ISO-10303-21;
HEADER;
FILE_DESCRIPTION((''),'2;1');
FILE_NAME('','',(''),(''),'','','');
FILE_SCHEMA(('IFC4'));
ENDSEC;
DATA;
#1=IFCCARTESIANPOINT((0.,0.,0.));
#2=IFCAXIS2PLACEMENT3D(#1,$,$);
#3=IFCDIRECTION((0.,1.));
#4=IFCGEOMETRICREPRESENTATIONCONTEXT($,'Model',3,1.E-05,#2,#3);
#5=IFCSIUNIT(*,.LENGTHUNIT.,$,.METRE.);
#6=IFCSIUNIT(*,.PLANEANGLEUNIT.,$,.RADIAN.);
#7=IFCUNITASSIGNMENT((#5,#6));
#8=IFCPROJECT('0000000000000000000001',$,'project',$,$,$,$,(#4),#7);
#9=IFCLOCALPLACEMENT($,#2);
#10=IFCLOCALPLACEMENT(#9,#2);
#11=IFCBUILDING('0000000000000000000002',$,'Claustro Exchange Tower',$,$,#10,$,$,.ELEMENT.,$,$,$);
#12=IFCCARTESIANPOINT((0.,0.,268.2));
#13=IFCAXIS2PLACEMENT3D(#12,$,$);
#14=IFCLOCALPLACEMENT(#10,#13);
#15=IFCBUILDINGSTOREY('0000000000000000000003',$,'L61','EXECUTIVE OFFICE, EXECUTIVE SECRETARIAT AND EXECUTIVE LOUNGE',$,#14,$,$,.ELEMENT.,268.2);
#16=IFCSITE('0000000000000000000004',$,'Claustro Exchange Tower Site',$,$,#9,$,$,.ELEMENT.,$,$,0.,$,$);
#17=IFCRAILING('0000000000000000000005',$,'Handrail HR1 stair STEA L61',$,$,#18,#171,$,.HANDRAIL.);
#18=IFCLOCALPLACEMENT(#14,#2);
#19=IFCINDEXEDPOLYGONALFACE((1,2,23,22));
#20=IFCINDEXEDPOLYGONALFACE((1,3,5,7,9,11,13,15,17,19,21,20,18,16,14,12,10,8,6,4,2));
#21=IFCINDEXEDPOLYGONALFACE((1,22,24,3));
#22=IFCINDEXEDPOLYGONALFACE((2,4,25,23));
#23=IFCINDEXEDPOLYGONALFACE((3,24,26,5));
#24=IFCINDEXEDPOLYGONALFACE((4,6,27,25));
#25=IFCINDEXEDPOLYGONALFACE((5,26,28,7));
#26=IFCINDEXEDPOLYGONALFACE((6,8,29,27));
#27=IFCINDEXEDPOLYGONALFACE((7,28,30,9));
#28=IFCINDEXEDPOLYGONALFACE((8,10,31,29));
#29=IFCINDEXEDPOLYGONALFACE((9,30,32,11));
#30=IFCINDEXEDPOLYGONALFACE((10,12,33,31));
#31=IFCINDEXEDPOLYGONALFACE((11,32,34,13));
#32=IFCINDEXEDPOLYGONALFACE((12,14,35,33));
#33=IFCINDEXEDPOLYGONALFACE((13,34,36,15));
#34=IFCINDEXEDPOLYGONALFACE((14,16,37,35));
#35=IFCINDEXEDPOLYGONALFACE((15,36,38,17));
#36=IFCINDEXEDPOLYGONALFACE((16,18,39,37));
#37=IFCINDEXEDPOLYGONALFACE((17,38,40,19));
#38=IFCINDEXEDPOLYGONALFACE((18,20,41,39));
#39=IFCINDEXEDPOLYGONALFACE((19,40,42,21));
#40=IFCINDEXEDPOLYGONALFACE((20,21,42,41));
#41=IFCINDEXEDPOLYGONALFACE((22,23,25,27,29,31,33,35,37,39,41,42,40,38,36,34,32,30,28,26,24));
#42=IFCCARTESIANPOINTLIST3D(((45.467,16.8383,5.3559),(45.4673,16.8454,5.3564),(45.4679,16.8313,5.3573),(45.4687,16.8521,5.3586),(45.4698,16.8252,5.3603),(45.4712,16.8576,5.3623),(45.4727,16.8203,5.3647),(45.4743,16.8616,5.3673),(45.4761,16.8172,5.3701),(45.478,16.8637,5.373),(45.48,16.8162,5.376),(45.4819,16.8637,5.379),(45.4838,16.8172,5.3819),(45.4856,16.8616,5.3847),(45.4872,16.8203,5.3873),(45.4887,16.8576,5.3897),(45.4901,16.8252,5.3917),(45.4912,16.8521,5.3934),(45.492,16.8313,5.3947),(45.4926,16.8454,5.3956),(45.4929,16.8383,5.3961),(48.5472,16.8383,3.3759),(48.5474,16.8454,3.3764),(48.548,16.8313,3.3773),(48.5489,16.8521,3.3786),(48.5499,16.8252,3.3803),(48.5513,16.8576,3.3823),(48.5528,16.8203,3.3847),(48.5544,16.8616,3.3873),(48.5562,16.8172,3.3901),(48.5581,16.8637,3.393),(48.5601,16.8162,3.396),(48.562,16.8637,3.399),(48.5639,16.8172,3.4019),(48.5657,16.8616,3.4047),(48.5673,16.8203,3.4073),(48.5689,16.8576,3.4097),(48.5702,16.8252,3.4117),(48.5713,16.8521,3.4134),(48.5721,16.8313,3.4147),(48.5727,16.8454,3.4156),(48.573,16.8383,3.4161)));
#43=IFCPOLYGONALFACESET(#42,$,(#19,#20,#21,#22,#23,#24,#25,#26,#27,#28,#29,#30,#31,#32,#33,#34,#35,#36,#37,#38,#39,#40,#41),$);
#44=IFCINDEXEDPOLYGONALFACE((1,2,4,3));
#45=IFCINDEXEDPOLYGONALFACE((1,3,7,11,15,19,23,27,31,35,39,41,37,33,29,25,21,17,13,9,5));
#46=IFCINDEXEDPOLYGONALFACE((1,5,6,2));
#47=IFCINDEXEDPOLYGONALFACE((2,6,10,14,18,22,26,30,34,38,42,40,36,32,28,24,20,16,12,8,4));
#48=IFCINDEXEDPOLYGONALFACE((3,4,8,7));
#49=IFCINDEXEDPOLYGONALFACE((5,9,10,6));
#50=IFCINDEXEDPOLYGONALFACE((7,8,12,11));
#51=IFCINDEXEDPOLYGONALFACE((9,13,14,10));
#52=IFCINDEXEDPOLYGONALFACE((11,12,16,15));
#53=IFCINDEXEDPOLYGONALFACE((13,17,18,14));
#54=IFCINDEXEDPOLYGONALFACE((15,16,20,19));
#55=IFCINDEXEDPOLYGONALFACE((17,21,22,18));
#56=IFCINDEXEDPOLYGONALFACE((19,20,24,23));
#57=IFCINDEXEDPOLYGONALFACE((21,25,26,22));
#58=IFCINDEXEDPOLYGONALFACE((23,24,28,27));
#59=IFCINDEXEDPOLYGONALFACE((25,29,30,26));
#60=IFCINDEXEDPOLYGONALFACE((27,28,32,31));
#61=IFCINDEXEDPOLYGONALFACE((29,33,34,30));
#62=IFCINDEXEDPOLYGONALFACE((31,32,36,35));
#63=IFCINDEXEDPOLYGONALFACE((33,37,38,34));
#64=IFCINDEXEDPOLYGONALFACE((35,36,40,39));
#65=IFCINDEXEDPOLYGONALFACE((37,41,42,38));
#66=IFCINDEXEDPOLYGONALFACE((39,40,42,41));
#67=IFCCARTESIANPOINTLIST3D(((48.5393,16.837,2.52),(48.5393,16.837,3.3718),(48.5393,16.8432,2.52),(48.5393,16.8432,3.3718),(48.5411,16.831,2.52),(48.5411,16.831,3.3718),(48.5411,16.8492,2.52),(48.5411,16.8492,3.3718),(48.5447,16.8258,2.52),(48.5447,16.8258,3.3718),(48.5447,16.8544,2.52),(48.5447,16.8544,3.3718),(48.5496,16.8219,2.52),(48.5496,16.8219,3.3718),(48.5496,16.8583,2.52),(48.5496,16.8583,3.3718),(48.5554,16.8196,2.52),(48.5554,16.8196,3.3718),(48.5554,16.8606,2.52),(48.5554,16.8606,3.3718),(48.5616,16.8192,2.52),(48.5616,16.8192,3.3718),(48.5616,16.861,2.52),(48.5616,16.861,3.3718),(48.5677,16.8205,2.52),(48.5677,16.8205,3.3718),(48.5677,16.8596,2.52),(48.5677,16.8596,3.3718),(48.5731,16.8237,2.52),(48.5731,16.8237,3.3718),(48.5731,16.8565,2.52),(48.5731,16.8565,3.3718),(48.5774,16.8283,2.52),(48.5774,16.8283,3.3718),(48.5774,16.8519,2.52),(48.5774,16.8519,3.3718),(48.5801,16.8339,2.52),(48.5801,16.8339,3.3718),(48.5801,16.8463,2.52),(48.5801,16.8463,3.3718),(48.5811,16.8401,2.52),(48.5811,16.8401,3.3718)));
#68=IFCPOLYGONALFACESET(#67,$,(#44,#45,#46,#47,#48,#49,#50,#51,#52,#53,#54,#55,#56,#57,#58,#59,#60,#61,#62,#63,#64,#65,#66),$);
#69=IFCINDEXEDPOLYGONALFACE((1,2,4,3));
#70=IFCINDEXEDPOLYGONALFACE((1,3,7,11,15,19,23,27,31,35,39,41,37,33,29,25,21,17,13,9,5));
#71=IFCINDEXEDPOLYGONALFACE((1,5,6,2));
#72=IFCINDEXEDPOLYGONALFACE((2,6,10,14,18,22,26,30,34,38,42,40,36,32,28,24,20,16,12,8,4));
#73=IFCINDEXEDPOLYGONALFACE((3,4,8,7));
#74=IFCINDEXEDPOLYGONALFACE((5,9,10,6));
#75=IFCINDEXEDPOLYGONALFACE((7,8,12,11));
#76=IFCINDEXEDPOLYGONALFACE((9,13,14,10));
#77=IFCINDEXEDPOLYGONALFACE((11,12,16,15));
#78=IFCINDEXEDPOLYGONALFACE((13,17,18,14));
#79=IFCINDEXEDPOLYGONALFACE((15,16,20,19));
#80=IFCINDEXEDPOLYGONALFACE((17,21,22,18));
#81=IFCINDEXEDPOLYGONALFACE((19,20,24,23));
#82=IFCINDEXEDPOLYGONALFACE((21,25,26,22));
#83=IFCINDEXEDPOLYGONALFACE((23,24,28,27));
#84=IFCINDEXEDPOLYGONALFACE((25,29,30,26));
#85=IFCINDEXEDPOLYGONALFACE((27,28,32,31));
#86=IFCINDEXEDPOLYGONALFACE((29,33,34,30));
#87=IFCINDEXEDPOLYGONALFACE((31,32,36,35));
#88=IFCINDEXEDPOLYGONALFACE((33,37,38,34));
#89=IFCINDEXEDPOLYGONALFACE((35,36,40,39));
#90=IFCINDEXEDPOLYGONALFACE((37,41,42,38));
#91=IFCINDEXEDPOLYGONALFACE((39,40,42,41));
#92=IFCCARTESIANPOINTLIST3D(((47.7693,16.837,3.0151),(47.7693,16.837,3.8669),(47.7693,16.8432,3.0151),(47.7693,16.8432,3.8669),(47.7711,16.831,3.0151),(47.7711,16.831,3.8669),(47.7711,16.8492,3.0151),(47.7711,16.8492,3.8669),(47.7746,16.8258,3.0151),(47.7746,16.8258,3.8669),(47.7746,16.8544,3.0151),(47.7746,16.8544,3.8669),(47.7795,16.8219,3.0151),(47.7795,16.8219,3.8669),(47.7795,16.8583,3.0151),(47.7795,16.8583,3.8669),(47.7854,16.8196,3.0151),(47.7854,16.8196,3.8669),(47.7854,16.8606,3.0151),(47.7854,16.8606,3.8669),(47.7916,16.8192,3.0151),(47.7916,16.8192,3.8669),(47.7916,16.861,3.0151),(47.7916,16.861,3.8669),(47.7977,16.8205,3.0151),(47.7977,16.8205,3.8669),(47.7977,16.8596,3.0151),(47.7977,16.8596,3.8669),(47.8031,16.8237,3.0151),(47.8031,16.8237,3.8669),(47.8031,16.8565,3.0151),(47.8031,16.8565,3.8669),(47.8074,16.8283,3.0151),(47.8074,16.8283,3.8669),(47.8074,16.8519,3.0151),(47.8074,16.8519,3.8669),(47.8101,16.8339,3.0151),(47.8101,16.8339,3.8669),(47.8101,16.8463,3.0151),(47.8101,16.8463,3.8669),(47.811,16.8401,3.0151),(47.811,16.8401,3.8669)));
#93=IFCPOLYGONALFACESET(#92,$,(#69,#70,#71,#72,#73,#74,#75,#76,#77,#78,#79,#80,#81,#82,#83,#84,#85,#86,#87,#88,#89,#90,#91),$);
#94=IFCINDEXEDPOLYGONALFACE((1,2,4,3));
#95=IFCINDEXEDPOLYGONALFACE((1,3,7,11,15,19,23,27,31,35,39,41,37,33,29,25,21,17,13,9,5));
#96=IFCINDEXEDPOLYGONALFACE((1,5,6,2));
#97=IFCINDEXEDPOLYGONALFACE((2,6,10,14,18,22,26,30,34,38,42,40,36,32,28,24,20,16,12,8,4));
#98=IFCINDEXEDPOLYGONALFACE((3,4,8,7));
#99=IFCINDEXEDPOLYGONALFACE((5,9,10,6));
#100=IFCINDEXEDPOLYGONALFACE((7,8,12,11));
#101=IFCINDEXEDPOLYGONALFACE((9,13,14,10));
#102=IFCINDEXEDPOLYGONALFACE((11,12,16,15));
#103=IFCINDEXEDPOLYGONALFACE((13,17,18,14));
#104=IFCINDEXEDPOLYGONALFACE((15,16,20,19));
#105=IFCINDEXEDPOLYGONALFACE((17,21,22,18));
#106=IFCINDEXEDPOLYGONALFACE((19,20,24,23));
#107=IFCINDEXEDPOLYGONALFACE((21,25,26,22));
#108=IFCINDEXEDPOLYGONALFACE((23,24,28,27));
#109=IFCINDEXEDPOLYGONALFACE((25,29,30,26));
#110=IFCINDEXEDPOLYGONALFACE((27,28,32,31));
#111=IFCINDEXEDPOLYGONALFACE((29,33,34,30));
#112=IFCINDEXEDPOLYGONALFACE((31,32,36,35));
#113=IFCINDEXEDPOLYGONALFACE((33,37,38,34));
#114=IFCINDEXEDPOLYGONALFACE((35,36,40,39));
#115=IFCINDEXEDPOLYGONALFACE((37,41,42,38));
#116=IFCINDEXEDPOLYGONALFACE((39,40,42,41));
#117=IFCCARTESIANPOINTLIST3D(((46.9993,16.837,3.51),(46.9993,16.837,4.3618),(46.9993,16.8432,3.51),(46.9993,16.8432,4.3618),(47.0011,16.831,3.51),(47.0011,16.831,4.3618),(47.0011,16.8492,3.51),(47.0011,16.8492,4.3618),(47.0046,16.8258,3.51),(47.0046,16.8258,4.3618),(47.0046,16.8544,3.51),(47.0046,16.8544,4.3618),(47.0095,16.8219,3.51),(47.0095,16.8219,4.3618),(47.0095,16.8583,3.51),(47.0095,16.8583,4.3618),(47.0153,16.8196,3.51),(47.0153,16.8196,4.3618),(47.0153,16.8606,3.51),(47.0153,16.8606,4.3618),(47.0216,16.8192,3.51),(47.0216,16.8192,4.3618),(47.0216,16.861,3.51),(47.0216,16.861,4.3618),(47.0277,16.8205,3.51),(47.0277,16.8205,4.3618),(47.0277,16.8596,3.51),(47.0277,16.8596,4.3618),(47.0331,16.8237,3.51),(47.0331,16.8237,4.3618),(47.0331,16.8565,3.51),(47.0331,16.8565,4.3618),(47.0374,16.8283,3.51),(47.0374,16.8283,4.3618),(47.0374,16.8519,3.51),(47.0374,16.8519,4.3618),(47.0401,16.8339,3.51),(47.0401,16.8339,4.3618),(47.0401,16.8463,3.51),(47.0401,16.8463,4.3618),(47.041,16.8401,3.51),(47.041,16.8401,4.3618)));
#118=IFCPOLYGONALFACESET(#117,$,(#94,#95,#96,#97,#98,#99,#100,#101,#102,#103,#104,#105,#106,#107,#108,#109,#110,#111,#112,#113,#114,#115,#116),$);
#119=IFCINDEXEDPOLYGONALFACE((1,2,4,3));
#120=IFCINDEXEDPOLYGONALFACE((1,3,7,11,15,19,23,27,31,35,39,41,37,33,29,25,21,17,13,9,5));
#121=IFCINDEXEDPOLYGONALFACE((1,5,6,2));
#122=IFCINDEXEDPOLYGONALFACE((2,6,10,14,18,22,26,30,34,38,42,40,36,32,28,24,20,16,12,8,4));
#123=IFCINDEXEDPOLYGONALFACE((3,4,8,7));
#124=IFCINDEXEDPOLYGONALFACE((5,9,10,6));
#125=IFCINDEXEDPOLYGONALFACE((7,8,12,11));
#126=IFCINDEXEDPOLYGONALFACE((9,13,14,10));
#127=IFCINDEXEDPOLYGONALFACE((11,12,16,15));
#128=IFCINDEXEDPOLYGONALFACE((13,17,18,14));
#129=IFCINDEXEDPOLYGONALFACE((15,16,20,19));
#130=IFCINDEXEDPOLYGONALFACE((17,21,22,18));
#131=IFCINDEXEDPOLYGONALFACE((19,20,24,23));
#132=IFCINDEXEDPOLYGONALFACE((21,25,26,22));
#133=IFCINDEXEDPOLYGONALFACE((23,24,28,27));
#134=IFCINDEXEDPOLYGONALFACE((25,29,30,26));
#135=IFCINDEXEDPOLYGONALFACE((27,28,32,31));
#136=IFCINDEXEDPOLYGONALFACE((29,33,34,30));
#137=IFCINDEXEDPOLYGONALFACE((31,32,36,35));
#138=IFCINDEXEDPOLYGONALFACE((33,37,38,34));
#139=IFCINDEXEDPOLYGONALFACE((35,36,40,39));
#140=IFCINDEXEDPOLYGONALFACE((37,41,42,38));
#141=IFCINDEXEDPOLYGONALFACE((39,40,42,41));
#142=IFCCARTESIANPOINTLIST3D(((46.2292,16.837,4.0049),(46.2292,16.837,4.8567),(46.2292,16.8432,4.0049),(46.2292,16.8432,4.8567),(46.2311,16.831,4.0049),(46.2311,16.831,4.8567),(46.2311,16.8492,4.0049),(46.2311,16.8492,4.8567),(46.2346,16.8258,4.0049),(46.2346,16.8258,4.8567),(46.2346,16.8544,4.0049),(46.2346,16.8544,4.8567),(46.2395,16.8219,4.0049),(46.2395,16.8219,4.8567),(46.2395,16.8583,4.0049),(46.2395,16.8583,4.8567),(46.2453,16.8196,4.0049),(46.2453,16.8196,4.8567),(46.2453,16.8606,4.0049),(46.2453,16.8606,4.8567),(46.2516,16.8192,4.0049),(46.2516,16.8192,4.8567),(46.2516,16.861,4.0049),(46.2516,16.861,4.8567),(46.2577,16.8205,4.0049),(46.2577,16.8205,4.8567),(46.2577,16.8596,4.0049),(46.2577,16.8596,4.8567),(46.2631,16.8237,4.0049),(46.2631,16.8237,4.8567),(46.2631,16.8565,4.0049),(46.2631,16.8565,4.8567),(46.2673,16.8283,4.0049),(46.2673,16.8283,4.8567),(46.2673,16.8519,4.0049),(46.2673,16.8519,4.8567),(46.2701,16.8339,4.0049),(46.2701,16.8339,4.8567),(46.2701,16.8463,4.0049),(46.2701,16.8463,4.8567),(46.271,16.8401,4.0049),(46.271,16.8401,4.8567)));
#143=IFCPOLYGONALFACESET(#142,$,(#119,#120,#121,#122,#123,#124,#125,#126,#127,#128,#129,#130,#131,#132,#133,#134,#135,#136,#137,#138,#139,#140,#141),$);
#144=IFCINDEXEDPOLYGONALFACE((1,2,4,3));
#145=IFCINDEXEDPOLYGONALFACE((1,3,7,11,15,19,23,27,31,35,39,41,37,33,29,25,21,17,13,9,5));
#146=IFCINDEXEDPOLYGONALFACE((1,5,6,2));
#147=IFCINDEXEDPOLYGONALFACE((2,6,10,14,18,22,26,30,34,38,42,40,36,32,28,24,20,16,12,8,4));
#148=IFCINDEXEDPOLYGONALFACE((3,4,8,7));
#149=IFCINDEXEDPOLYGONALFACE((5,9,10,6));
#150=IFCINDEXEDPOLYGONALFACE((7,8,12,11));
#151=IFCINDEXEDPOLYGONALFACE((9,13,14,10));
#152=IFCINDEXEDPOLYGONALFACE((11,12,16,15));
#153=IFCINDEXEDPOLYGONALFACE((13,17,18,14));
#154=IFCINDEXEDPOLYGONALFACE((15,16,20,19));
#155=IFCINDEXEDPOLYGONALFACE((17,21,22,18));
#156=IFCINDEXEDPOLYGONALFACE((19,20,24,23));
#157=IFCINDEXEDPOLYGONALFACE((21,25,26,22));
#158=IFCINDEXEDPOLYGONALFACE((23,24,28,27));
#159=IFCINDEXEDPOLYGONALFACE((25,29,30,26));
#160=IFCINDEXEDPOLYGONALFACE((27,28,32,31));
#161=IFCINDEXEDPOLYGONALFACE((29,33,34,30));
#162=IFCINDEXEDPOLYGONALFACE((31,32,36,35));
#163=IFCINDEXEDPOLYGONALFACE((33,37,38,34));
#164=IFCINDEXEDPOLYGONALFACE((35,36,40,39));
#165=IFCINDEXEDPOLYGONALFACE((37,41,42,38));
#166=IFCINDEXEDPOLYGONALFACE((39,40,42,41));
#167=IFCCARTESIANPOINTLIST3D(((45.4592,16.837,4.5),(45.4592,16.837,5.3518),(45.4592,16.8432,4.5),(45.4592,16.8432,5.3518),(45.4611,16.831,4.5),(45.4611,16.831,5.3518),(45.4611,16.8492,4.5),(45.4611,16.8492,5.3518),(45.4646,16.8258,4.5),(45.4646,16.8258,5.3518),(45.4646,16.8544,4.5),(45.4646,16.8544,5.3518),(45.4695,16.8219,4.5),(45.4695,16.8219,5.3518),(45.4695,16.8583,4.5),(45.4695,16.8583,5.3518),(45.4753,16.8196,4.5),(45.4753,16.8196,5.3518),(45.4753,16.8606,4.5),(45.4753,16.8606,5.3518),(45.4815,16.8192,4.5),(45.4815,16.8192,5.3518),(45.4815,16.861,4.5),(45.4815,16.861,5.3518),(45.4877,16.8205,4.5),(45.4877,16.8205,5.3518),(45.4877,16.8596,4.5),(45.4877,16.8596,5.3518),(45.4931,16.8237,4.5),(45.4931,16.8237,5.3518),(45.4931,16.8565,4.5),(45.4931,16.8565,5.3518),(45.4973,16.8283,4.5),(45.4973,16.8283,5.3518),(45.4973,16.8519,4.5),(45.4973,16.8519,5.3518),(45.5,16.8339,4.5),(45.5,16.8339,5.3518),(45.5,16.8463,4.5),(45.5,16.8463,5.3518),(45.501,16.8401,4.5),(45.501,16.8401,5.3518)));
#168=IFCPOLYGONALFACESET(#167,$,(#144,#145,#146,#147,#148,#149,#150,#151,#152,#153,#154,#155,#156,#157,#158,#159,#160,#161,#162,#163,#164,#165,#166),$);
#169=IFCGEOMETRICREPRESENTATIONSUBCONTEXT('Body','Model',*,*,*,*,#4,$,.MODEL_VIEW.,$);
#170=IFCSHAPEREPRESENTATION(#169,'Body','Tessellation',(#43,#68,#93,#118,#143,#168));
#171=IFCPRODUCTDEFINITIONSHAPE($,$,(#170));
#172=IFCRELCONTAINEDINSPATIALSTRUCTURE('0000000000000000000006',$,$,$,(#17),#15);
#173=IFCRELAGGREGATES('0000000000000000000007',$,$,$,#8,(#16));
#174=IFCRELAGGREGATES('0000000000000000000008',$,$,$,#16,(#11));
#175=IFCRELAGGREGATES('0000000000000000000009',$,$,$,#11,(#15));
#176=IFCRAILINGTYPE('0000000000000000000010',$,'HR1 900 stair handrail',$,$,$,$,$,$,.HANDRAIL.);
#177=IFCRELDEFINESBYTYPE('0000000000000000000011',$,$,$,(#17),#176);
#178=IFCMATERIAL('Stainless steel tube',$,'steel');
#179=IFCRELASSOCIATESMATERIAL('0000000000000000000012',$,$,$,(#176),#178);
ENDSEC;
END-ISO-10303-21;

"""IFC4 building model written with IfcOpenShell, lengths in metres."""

from ifc_helpers import new_model, si_unit, direction, frame, origin, origin_2d, place, context, subcontext, project, spatial, circle, extrude, material, type_object, element, save


model = new_model("IFC4")

# Units and contexts
model_context = context("Model", 3, precision=1e-05, world=origin(), true_north=direction((0.0, 1.0)))
body_context = subcontext(model_context, "Body", "Model", "MODEL_VIEW")
ifc_project = project(units=[si_unit("LENGTHUNIT", "METRE"), si_unit("PLANEANGLEUNIT", "RADIAN")], contexts=[model_context])

# Site, building, storey
site_placement = place(None, origin())
site = spatial("IfcSite", under=ifc_project, at=site_placement, Name="Claustro Exchange Tower Site", CompositionType="ELEMENT", RefElevation=0.0)
building_placement = place(site_placement, origin())
building = spatial("IfcBuilding", under=site, at=building_placement, Name="Claustro Exchange Tower", CompositionType="ELEMENT")
storey_placement = place(building_placement, frame((0.0, 0.0, 268.2)))
storey = spatial("IfcBuildingStorey", under=building, at=storey_placement, Name="L61", Description="EXECUTIVE OFFICE, EXECUTIVE SECRETARIAT AND EXECUTIVE LOUNGE", CompositionType="ELEMENT", Elevation=268.2)

# Railing
ifc_material_1 = material(Name="Stainless steel tube", Category="steel")
railing_type_1 = type_object("IfcRailingType", Name="HR1 900 stair handrail", PredefinedType="HANDRAIL", material=ifc_material_1)
railing_1_placement = place(storey_placement, frame((48.5601, 16.8401, 2.52)))
element("IfcRailing", 1, at=railing_1_placement, inside=storey, type_object=railing_type_1, Name="Handrail HR1 stair STEA L61", PredefinedType="HANDRAIL", context=body_context, shape_type="SweptSolid", body=[
    extrude(circle(Radius=0.0239, at=origin_2d()), frame((0.0, 0.0, 0.876), z_axis=(-0.841187, 0.0, 0.540744), x_axis=(0.0, -1.0, 0.0)), (0.0, 0.0, 1.0), 3.6616),
    extrude(circle(Radius=0.021, at=origin_2d()), origin(), (0.0, 0.0, 1.0), 0.8518),
    extrude(circle(Radius=0.021, at=origin_2d()), frame((-0.77, 0.0, 0.4951)), (0.0, 0.0, 1.0), 0.8518),
    extrude(circle(Radius=0.021, at=origin_2d()), frame((-1.54, 0.0, 0.99)), (0.0, 0.0, 1.0), 0.8518),
    extrude(circle(Radius=0.021, at=origin_2d()), frame((-2.3101, 0.0, 1.4849)), (0.0, 0.0, 1.0), 0.8518),
    extrude(circle(Radius=0.021, at=origin_2d()), frame((-3.0801, 0.0, 1.98)), (0.0, 0.0, 1.0), 0.8518),
])

save(model, "model.ifc")
